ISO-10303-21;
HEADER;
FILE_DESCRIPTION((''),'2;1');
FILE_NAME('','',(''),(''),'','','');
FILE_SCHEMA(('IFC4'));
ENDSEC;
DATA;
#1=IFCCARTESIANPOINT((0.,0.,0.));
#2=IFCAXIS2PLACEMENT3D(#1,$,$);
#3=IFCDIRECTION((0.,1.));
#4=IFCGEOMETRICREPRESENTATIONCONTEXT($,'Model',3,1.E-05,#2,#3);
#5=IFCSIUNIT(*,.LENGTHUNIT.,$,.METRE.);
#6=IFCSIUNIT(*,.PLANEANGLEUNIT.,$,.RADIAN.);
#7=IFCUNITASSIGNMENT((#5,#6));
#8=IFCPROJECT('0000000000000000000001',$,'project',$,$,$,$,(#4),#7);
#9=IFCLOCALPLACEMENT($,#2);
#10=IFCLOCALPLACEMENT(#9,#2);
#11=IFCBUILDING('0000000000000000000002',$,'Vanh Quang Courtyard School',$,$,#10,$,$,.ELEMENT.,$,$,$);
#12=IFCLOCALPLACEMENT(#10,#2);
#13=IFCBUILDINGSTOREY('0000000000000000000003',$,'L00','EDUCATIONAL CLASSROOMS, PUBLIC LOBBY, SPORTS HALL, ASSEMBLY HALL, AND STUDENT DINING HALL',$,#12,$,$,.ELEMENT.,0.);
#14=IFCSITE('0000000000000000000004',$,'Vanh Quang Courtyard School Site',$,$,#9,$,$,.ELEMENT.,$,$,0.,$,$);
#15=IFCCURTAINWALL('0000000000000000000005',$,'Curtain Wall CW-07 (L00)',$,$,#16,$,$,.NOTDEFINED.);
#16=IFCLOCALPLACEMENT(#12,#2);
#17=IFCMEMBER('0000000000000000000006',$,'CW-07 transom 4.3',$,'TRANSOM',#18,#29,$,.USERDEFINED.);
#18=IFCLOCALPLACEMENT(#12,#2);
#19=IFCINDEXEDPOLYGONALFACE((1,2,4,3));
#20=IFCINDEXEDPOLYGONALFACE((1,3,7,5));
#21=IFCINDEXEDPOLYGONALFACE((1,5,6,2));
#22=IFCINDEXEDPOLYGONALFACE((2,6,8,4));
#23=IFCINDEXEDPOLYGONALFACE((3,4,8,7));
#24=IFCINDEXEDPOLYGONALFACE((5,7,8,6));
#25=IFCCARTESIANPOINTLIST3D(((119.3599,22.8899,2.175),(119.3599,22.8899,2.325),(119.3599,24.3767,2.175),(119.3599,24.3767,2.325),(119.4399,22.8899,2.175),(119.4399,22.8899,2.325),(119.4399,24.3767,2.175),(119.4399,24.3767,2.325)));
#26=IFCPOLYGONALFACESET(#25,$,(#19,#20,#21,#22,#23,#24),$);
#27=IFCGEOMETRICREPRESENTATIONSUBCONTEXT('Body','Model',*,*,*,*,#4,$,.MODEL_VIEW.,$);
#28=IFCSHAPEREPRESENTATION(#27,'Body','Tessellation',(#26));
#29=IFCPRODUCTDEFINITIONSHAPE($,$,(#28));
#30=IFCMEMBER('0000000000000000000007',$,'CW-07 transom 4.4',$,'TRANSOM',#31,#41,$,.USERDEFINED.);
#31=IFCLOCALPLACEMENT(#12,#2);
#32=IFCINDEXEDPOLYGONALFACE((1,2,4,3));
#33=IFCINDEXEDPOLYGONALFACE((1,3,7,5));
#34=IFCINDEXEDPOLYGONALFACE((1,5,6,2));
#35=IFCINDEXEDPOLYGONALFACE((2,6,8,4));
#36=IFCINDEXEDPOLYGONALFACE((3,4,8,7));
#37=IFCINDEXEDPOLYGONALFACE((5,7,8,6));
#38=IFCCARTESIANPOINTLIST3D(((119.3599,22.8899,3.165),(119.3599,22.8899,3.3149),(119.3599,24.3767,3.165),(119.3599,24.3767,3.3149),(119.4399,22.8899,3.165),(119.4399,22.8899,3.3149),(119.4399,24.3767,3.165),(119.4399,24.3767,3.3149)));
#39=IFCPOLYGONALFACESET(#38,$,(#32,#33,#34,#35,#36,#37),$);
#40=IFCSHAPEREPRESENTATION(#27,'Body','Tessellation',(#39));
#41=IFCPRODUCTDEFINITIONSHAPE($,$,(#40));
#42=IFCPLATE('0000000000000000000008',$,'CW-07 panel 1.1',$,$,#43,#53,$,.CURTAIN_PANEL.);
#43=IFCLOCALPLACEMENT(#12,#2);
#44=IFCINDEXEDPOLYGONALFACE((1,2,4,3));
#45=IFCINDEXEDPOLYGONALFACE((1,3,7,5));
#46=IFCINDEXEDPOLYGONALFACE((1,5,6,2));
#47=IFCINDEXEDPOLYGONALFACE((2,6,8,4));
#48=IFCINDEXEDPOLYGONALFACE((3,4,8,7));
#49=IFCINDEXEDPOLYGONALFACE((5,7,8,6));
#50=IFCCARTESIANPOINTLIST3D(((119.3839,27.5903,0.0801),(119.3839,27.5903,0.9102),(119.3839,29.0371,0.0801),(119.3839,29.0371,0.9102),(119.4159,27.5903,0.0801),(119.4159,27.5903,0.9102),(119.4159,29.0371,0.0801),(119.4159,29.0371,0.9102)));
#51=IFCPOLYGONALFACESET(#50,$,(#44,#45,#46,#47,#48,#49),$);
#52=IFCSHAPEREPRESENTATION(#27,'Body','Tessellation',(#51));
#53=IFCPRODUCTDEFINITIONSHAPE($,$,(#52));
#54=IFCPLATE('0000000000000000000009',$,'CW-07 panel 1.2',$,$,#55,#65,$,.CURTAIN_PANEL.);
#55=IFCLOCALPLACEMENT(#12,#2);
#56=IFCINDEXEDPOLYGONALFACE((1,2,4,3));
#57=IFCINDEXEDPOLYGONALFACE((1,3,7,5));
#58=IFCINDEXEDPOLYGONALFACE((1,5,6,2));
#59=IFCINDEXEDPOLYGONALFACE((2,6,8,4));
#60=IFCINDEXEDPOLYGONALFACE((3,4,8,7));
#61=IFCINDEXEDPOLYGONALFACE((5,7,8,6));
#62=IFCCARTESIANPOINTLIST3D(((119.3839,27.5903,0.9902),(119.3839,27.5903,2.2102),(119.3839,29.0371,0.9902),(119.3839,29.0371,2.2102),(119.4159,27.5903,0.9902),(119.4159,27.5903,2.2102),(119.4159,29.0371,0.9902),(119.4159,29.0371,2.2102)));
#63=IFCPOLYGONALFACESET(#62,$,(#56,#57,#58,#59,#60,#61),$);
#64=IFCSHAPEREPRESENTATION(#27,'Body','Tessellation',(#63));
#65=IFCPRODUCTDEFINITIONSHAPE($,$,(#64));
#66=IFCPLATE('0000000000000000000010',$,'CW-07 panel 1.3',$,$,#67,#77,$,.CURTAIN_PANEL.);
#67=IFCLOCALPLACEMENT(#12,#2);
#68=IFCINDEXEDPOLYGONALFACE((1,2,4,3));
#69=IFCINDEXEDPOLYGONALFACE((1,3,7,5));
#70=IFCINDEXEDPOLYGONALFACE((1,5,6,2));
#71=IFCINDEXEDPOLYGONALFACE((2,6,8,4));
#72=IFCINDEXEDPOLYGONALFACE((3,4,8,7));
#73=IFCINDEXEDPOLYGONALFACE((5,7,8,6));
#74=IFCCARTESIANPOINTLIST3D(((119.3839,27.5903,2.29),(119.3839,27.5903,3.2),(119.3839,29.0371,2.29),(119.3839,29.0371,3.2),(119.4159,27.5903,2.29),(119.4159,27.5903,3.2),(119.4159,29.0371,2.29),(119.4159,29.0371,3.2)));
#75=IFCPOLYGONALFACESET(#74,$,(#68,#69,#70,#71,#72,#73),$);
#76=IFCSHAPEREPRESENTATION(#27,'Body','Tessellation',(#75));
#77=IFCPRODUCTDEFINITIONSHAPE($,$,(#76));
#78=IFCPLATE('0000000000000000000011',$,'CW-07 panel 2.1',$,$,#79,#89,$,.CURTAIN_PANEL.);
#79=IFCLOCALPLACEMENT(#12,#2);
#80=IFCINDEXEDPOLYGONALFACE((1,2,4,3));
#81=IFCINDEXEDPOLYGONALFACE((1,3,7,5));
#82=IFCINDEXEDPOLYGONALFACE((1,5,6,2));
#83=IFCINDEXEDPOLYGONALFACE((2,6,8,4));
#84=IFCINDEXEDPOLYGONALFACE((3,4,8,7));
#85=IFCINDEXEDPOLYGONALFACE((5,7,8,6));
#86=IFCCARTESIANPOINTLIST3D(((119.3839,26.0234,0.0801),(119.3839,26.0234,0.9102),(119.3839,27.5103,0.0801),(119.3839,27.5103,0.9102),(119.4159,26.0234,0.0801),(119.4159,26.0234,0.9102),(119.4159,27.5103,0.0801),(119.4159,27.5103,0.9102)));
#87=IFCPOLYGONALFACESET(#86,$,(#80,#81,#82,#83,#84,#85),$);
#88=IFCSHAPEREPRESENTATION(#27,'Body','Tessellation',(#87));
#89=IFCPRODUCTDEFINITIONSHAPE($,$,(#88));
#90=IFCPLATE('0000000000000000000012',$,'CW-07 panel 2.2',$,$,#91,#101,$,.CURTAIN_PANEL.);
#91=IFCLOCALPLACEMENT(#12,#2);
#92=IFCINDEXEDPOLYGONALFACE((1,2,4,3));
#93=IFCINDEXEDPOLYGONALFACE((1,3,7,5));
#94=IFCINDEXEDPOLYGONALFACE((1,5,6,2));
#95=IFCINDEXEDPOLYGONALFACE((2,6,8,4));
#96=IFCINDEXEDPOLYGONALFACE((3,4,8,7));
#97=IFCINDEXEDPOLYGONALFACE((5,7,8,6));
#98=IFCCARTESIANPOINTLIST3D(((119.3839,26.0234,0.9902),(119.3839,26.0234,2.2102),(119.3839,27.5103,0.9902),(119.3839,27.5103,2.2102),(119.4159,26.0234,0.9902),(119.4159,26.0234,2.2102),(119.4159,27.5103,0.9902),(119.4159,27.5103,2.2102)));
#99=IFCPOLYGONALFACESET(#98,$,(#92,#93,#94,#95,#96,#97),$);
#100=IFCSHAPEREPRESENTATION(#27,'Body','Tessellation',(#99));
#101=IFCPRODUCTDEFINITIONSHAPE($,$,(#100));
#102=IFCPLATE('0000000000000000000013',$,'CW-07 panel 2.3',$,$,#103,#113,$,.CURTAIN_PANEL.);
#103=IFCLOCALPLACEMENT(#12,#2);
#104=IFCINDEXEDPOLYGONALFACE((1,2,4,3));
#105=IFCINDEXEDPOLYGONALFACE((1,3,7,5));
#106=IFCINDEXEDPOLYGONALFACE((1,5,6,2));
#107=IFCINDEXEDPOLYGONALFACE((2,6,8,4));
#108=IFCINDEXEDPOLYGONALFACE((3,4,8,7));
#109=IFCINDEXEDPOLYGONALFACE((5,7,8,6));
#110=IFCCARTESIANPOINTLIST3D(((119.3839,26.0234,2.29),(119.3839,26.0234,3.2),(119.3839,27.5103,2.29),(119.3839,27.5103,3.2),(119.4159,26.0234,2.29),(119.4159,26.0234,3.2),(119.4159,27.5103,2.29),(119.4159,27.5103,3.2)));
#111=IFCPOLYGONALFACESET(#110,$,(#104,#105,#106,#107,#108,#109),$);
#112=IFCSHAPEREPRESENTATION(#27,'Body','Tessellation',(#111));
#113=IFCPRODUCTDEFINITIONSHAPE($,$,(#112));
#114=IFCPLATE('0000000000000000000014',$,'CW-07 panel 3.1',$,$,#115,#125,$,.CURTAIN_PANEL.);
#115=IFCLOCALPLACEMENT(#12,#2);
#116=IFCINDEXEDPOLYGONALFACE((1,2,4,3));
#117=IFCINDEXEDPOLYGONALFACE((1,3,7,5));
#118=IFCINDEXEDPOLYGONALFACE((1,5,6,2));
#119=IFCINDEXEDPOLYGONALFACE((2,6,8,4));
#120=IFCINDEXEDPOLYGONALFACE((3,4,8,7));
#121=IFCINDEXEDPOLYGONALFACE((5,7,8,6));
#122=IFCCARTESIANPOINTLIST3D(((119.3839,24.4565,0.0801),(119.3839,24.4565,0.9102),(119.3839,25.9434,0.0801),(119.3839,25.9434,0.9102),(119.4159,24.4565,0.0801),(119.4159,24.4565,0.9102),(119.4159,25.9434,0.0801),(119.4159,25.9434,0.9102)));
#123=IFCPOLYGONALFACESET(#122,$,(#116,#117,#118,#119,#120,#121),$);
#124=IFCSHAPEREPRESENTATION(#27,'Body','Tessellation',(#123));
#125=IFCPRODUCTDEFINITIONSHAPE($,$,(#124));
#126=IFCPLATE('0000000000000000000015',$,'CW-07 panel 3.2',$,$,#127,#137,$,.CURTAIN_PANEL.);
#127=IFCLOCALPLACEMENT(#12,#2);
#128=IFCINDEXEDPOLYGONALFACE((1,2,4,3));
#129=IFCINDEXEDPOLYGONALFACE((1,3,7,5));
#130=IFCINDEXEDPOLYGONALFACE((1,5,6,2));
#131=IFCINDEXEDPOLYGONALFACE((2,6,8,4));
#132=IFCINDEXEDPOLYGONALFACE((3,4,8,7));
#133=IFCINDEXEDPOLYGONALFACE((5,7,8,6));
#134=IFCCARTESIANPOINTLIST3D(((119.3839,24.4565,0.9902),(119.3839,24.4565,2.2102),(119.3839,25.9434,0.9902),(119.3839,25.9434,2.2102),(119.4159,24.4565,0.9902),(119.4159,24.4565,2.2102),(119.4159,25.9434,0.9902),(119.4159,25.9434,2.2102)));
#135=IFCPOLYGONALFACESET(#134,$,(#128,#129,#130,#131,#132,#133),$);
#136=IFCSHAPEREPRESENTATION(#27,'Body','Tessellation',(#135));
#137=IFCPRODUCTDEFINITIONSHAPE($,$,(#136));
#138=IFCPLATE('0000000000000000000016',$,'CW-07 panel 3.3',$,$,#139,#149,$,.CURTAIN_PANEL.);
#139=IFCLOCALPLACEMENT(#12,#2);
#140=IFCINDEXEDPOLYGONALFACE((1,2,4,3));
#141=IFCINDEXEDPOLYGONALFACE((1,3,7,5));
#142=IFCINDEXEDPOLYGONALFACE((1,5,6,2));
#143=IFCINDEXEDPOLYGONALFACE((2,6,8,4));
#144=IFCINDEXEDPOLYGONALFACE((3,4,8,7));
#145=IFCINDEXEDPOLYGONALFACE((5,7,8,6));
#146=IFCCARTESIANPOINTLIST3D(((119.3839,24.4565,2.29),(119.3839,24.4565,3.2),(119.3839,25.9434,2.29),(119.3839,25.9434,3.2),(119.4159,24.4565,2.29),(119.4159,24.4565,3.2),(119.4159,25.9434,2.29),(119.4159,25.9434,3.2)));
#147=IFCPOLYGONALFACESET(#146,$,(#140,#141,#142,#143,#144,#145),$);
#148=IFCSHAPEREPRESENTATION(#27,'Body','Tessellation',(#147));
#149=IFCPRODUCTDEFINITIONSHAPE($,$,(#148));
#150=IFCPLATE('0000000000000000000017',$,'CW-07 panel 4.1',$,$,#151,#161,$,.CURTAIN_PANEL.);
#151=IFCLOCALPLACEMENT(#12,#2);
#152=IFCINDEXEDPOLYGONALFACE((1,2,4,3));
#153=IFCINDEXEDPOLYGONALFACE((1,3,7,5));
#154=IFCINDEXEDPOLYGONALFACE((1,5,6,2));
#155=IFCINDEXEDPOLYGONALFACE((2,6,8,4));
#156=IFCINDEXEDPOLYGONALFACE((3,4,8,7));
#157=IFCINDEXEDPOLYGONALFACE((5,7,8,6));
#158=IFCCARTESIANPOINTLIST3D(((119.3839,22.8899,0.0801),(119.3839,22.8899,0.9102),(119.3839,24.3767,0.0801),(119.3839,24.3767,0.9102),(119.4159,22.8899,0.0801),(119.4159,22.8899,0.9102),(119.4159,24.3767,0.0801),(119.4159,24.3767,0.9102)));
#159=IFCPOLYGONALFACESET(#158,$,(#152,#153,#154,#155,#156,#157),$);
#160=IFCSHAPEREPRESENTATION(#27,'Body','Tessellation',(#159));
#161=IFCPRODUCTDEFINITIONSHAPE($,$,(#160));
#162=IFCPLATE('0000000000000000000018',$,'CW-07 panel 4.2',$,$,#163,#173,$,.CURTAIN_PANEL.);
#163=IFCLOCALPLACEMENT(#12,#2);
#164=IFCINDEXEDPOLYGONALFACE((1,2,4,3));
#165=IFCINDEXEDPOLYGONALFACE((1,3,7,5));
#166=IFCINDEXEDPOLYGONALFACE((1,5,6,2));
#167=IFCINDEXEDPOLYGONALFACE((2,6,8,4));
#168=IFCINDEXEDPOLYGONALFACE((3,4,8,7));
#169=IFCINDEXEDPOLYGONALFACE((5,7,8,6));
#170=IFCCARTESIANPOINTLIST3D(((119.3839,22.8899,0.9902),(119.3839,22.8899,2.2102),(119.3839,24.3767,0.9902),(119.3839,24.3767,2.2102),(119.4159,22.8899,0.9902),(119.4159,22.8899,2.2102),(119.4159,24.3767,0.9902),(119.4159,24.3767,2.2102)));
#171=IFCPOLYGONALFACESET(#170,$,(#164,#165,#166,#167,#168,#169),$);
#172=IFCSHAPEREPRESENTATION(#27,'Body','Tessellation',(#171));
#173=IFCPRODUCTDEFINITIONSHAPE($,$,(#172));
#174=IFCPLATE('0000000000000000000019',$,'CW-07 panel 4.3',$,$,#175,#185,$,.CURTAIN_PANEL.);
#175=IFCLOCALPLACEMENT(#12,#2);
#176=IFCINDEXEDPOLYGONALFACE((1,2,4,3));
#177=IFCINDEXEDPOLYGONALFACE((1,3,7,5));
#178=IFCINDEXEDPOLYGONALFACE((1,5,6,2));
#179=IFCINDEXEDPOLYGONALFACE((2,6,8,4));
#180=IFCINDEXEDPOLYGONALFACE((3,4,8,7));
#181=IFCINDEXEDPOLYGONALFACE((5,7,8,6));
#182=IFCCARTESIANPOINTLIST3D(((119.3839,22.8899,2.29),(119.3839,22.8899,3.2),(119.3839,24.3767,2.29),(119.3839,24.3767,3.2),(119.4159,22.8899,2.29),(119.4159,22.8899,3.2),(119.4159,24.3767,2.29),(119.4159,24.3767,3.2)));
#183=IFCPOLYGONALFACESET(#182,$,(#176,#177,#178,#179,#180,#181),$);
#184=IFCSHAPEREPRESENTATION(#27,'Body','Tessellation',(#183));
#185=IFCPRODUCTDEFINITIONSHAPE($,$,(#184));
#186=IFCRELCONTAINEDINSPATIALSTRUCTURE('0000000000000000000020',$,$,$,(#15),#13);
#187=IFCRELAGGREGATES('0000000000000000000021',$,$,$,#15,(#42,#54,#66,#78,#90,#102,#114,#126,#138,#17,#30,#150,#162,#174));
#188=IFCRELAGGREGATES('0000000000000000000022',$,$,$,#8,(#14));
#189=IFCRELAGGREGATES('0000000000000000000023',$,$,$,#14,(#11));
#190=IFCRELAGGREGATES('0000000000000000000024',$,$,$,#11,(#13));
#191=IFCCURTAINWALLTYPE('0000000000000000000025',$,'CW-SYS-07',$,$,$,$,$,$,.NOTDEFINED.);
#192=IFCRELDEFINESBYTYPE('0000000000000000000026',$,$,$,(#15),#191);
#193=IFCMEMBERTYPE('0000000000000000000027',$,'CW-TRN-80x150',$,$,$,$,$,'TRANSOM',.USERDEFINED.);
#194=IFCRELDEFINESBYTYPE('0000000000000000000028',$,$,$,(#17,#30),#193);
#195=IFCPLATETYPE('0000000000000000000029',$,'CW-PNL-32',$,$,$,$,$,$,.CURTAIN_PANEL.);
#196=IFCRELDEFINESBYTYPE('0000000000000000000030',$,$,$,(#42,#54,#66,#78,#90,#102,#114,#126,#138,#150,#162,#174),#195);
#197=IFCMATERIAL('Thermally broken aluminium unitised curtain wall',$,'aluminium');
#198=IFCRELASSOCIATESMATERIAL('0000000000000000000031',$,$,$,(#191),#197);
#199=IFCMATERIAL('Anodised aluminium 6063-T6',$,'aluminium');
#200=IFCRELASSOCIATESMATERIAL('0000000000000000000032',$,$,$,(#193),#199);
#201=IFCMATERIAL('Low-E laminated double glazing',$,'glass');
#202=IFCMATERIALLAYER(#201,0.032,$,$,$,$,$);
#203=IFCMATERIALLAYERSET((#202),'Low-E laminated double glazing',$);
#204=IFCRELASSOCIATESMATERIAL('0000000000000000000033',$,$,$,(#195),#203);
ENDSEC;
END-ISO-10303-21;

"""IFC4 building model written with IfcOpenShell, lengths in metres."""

from ifc_helpers import new_model, si_unit, direction, frame, origin, origin_2d, place, context, subcontext, project, spatial, rectangle, extrude, material, layer, layer_set, material_profile, profile_set, type_object, element, aggregate, save


model = new_model("IFC4")

# Units and contexts
model_context = context("Model", 3, precision=1e-05, world=origin(), true_north=direction((0.0, 1.0)))
body_context = subcontext(model_context, "Body", "Model", "MODEL_VIEW")
ifc_project = project(units=[si_unit("LENGTHUNIT", "METRE"), si_unit("PLANEANGLEUNIT", "RADIAN")], contexts=[model_context])

# Site, building, storey
site_placement = place(None, origin())
site = spatial("IfcSite", under=ifc_project, at=site_placement, Name="Vanh Quang Courtyard School Site", CompositionType="ELEMENT", RefElevation=0.0)
building_placement = place(site_placement, origin())
building = spatial("IfcBuilding", under=site, at=building_placement, Name="Vanh Quang Courtyard School", CompositionType="ELEMENT")
storey_placement = place(building_placement, origin())
storey = spatial("IfcBuildingStorey", under=building, at=storey_placement, Name="L00", Description="EDUCATIONAL CLASSROOMS, PUBLIC LOBBY, SPORTS HALL, ASSEMBLY HALL, AND STUDENT DINING HALL", CompositionType="ELEMENT", Elevation=0.0)

# Curtain wall, members, plates
ifc_material_1 = material(Name="Thermally broken aluminium unitised curtain wall", Category="aluminium")
curtain_wall_type = type_object("IfcCurtainWallType", Name="CW-SYS-07", PredefinedType="NOTDEFINED", material=ifc_material_1)
curtain_wall_placement = place(storey_placement, origin())
curtain_wall = element("IfcCurtainWall", 1, at=curtain_wall_placement, inside=storey, type_object=curtain_wall_type, Name="Curtain Wall CW-07 (L00)", PredefinedType="NOTDEFINED")
ifc_material_2 = material(Name="Anodised aluminium 6063-T6", Category="aluminium")
ifc_material_profile_1 = material_profile(ifc_material_2, rectangle(XDim=0.0801, YDim=0.1499, at=origin_2d()), Name="ALU-TRN 80x150")
ifc_profile_set_1 = profile_set([ifc_material_profile_1], Name="Anodised aluminium 6063-T6")
member_type_1 = type_object("IfcMemberType", Name="CW-TRN-80x150", ElementType="TRANSOM", PredefinedType="USERDEFINED", material=ifc_profile_set_1)
member_1_placement = place(storey_placement, frame((119.3999, 24.3767, 2.25), z_axis=(0.0, -1.0, 0.0), x_axis=(1.0, 0.0, 0.0)))
member_1 = element("IfcMember", 2, at=member_1_placement, type_object=member_type_1, Name="CW-07 transom 4.3", ObjectType="TRANSOM", PredefinedType="USERDEFINED", context=body_context, shape_type="SweptSolid", body=[
    extrude(rectangle(XDim=0.0801, YDim=0.1499, at=origin_2d()), origin(), (0.0, 0.0, 1.0), 1.4868),
])
member_2_placement = place(storey_placement, frame((119.3999, 24.3767, 3.24), z_axis=(0.0, -1.0, 0.0), x_axis=(1.0, 0.0, 0.0)))
member_2 = element("IfcMember", 3, at=member_2_placement, type_object=member_type_1, Name="CW-07 transom 4.4", ObjectType="TRANSOM", PredefinedType="USERDEFINED", context=body_context, shape_type="SweptSolid", body=[
    extrude(rectangle(XDim=0.0801, YDim=0.1499, at=origin_2d()), origin(), (0.0, 0.0, 1.0), 1.4868),
])
ifc_material_3 = material(Name="Low-E laminated double glazing", Category="glass")
ifc_layer = layer(ifc_material_3, 0.032)
ifc_layer_set = layer_set([ifc_layer], Name="Low-E laminated double glazing")
plate_type = type_object("IfcPlateType", Name="CW-PNL-32", PredefinedType="CURTAIN_PANEL", material=ifc_layer_set)
plate_1_placement = place(storey_placement, frame((119.3999, 28.3137, 0.0801), z_axis=(0.0, 0.0, 1.0), x_axis=(0.0, -1.0, 0.0)))
plate_1 = element("IfcPlate", 4, at=plate_1_placement, type_object=plate_type, Name="CW-07 panel 1.1", PredefinedType="CURTAIN_PANEL", context=body_context, shape_type="SweptSolid", body=[
    extrude(rectangle(XDim=1.4468, YDim=0.032, at=origin_2d()), origin(), (0.0, 0.0, 1.0), 0.8301),
])
plate_2_placement = place(storey_placement, frame((119.3999, 28.3137, 0.9902), z_axis=(0.0, 0.0, 1.0), x_axis=(0.0, -1.0, 0.0)))
plate_2 = element("IfcPlate", 5, at=plate_2_placement, type_object=plate_type, Name="CW-07 panel 1.2", PredefinedType="CURTAIN_PANEL", context=body_context, shape_type="SweptSolid", body=[
    extrude(rectangle(XDim=1.4468, YDim=0.032, at=origin_2d()), origin(), (0.0, 0.0, 1.0), 1.22),
])
plate_3_placement = place(storey_placement, frame((119.3999, 28.3137, 2.29), z_axis=(0.0, 0.0, 1.0), x_axis=(0.0, -1.0, 0.0)))
plate_3 = element("IfcPlate", 6, at=plate_3_placement, type_object=plate_type, Name="CW-07 panel 1.3", PredefinedType="CURTAIN_PANEL", context=body_context, shape_type="SweptSolid", body=[
    extrude(rectangle(XDim=1.4468, YDim=0.032, at=origin_2d()), origin(), (0.0, 0.0, 1.0), 0.9099),
])
plate_4_placement = place(storey_placement, frame((119.3999, 26.7668, 0.0801), z_axis=(0.0, 0.0, 1.0), x_axis=(0.0, -1.0, 0.0)))
plate_4 = element("IfcPlate", 7, at=plate_4_placement, type_object=plate_type, Name="CW-07 panel 2.1", PredefinedType="CURTAIN_PANEL", context=body_context, shape_type="SweptSolid", body=[
    extrude(rectangle(XDim=1.4868, YDim=0.032, at=origin_2d()), origin(), (0.0, 0.0, 1.0), 0.8301),
])
plate_5_placement = place(storey_placement, frame((119.3999, 26.7668, 0.9902), z_axis=(0.0, 0.0, 1.0), x_axis=(0.0, -1.0, 0.0)))
plate_5 = element("IfcPlate", 8, at=plate_5_placement, type_object=plate_type, Name="CW-07 panel 2.2", PredefinedType="CURTAIN_PANEL", context=body_context, shape_type="SweptSolid", body=[
    extrude(rectangle(XDim=1.4868, YDim=0.032, at=origin_2d()), origin(), (0.0, 0.0, 1.0), 1.22),
])
plate_6_placement = place(storey_placement, frame((119.3999, 26.7668, 2.29), z_axis=(0.0, 0.0, 1.0), x_axis=(0.0, -1.0, 0.0)))
plate_6 = element("IfcPlate", 9, at=plate_6_placement, type_object=plate_type, Name="CW-07 panel 2.3", PredefinedType="CURTAIN_PANEL", context=body_context, shape_type="SweptSolid", body=[
    extrude(rectangle(XDim=1.4868, YDim=0.032, at=origin_2d()), origin(), (0.0, 0.0, 1.0), 0.9099),
])
plate_7_placement = place(storey_placement, frame((119.3999, 25.2, 0.0801), z_axis=(0.0, 0.0, 1.0), x_axis=(0.0, -1.0, 0.0)))
plate_7 = element("IfcPlate", 10, at=plate_7_placement, type_object=plate_type, Name="CW-07 panel 3.1", PredefinedType="CURTAIN_PANEL", context=body_context, shape_type="SweptSolid", body=[
    extrude(rectangle(XDim=1.4868, YDim=0.032, at=origin_2d()), origin(), (0.0, 0.0, 1.0), 0.8301),
])
plate_8_placement = place(storey_placement, frame((119.3999, 25.2, 0.9902), z_axis=(0.0, 0.0, 1.0), x_axis=(0.0, -1.0, 0.0)))
plate_8 = element("IfcPlate", 11, at=plate_8_placement, type_object=plate_type, Name="CW-07 panel 3.2", PredefinedType="CURTAIN_PANEL", context=body_context, shape_type="SweptSolid", body=[
    extrude(rectangle(XDim=1.4868, YDim=0.032, at=origin_2d()), origin(), (0.0, 0.0, 1.0), 1.22),
])
plate_9_placement = place(storey_placement, frame((119.3999, 25.2, 2.29), z_axis=(0.0, 0.0, 1.0), x_axis=(0.0, -1.0, 0.0)))
plate_9 = element("IfcPlate", 12, at=plate_9_placement, type_object=plate_type, Name="CW-07 panel 3.3", PredefinedType="CURTAIN_PANEL", context=body_context, shape_type="SweptSolid", body=[
    extrude(rectangle(XDim=1.4868, YDim=0.032, at=origin_2d()), origin(), (0.0, 0.0, 1.0), 0.9099),
])
plate_10_placement = place(storey_placement, frame((119.3999, 23.6333, 0.0801), z_axis=(0.0, 0.0, 1.0), x_axis=(0.0, -1.0, 0.0)))
plate_10 = element("IfcPlate", 13, at=plate_10_placement, type_object=plate_type, Name="CW-07 panel 4.1", PredefinedType="CURTAIN_PANEL", context=body_context, shape_type="SweptSolid", body=[
    extrude(rectangle(XDim=1.4868, YDim=0.032, at=origin_2d()), origin(), (0.0, 0.0, 1.0), 0.8301),
])
plate_11_placement = place(storey_placement, frame((119.3999, 23.6333, 0.9902), z_axis=(0.0, 0.0, 1.0), x_axis=(0.0, -1.0, 0.0)))
plate_11 = element("IfcPlate", 14, at=plate_11_placement, type_object=plate_type, Name="CW-07 panel 4.2", PredefinedType="CURTAIN_PANEL", context=body_context, shape_type="SweptSolid", body=[
    extrude(rectangle(XDim=1.4868, YDim=0.032, at=origin_2d()), origin(), (0.0, 0.0, 1.0), 1.22),
])
plate_12_placement = place(storey_placement, frame((119.3999, 23.6333, 2.29), z_axis=(0.0, 0.0, 1.0), x_axis=(0.0, -1.0, 0.0)))
plate_12 = element("IfcPlate", 15, at=plate_12_placement, type_object=plate_type, Name="CW-07 panel 4.3", PredefinedType="CURTAIN_PANEL", context=body_context, shape_type="SweptSolid", body=[
    extrude(rectangle(XDim=1.4868, YDim=0.032, at=origin_2d()), origin(), (0.0, 0.0, 1.0), 0.9099),
])
aggregate(curtain_wall, [plate_1, plate_2, plate_3, plate_4, plate_5, plate_6, plate_7, plate_8, plate_9, member_1, member_2, plate_10, plate_11, plate_12])

save(model, "model.ifc")
